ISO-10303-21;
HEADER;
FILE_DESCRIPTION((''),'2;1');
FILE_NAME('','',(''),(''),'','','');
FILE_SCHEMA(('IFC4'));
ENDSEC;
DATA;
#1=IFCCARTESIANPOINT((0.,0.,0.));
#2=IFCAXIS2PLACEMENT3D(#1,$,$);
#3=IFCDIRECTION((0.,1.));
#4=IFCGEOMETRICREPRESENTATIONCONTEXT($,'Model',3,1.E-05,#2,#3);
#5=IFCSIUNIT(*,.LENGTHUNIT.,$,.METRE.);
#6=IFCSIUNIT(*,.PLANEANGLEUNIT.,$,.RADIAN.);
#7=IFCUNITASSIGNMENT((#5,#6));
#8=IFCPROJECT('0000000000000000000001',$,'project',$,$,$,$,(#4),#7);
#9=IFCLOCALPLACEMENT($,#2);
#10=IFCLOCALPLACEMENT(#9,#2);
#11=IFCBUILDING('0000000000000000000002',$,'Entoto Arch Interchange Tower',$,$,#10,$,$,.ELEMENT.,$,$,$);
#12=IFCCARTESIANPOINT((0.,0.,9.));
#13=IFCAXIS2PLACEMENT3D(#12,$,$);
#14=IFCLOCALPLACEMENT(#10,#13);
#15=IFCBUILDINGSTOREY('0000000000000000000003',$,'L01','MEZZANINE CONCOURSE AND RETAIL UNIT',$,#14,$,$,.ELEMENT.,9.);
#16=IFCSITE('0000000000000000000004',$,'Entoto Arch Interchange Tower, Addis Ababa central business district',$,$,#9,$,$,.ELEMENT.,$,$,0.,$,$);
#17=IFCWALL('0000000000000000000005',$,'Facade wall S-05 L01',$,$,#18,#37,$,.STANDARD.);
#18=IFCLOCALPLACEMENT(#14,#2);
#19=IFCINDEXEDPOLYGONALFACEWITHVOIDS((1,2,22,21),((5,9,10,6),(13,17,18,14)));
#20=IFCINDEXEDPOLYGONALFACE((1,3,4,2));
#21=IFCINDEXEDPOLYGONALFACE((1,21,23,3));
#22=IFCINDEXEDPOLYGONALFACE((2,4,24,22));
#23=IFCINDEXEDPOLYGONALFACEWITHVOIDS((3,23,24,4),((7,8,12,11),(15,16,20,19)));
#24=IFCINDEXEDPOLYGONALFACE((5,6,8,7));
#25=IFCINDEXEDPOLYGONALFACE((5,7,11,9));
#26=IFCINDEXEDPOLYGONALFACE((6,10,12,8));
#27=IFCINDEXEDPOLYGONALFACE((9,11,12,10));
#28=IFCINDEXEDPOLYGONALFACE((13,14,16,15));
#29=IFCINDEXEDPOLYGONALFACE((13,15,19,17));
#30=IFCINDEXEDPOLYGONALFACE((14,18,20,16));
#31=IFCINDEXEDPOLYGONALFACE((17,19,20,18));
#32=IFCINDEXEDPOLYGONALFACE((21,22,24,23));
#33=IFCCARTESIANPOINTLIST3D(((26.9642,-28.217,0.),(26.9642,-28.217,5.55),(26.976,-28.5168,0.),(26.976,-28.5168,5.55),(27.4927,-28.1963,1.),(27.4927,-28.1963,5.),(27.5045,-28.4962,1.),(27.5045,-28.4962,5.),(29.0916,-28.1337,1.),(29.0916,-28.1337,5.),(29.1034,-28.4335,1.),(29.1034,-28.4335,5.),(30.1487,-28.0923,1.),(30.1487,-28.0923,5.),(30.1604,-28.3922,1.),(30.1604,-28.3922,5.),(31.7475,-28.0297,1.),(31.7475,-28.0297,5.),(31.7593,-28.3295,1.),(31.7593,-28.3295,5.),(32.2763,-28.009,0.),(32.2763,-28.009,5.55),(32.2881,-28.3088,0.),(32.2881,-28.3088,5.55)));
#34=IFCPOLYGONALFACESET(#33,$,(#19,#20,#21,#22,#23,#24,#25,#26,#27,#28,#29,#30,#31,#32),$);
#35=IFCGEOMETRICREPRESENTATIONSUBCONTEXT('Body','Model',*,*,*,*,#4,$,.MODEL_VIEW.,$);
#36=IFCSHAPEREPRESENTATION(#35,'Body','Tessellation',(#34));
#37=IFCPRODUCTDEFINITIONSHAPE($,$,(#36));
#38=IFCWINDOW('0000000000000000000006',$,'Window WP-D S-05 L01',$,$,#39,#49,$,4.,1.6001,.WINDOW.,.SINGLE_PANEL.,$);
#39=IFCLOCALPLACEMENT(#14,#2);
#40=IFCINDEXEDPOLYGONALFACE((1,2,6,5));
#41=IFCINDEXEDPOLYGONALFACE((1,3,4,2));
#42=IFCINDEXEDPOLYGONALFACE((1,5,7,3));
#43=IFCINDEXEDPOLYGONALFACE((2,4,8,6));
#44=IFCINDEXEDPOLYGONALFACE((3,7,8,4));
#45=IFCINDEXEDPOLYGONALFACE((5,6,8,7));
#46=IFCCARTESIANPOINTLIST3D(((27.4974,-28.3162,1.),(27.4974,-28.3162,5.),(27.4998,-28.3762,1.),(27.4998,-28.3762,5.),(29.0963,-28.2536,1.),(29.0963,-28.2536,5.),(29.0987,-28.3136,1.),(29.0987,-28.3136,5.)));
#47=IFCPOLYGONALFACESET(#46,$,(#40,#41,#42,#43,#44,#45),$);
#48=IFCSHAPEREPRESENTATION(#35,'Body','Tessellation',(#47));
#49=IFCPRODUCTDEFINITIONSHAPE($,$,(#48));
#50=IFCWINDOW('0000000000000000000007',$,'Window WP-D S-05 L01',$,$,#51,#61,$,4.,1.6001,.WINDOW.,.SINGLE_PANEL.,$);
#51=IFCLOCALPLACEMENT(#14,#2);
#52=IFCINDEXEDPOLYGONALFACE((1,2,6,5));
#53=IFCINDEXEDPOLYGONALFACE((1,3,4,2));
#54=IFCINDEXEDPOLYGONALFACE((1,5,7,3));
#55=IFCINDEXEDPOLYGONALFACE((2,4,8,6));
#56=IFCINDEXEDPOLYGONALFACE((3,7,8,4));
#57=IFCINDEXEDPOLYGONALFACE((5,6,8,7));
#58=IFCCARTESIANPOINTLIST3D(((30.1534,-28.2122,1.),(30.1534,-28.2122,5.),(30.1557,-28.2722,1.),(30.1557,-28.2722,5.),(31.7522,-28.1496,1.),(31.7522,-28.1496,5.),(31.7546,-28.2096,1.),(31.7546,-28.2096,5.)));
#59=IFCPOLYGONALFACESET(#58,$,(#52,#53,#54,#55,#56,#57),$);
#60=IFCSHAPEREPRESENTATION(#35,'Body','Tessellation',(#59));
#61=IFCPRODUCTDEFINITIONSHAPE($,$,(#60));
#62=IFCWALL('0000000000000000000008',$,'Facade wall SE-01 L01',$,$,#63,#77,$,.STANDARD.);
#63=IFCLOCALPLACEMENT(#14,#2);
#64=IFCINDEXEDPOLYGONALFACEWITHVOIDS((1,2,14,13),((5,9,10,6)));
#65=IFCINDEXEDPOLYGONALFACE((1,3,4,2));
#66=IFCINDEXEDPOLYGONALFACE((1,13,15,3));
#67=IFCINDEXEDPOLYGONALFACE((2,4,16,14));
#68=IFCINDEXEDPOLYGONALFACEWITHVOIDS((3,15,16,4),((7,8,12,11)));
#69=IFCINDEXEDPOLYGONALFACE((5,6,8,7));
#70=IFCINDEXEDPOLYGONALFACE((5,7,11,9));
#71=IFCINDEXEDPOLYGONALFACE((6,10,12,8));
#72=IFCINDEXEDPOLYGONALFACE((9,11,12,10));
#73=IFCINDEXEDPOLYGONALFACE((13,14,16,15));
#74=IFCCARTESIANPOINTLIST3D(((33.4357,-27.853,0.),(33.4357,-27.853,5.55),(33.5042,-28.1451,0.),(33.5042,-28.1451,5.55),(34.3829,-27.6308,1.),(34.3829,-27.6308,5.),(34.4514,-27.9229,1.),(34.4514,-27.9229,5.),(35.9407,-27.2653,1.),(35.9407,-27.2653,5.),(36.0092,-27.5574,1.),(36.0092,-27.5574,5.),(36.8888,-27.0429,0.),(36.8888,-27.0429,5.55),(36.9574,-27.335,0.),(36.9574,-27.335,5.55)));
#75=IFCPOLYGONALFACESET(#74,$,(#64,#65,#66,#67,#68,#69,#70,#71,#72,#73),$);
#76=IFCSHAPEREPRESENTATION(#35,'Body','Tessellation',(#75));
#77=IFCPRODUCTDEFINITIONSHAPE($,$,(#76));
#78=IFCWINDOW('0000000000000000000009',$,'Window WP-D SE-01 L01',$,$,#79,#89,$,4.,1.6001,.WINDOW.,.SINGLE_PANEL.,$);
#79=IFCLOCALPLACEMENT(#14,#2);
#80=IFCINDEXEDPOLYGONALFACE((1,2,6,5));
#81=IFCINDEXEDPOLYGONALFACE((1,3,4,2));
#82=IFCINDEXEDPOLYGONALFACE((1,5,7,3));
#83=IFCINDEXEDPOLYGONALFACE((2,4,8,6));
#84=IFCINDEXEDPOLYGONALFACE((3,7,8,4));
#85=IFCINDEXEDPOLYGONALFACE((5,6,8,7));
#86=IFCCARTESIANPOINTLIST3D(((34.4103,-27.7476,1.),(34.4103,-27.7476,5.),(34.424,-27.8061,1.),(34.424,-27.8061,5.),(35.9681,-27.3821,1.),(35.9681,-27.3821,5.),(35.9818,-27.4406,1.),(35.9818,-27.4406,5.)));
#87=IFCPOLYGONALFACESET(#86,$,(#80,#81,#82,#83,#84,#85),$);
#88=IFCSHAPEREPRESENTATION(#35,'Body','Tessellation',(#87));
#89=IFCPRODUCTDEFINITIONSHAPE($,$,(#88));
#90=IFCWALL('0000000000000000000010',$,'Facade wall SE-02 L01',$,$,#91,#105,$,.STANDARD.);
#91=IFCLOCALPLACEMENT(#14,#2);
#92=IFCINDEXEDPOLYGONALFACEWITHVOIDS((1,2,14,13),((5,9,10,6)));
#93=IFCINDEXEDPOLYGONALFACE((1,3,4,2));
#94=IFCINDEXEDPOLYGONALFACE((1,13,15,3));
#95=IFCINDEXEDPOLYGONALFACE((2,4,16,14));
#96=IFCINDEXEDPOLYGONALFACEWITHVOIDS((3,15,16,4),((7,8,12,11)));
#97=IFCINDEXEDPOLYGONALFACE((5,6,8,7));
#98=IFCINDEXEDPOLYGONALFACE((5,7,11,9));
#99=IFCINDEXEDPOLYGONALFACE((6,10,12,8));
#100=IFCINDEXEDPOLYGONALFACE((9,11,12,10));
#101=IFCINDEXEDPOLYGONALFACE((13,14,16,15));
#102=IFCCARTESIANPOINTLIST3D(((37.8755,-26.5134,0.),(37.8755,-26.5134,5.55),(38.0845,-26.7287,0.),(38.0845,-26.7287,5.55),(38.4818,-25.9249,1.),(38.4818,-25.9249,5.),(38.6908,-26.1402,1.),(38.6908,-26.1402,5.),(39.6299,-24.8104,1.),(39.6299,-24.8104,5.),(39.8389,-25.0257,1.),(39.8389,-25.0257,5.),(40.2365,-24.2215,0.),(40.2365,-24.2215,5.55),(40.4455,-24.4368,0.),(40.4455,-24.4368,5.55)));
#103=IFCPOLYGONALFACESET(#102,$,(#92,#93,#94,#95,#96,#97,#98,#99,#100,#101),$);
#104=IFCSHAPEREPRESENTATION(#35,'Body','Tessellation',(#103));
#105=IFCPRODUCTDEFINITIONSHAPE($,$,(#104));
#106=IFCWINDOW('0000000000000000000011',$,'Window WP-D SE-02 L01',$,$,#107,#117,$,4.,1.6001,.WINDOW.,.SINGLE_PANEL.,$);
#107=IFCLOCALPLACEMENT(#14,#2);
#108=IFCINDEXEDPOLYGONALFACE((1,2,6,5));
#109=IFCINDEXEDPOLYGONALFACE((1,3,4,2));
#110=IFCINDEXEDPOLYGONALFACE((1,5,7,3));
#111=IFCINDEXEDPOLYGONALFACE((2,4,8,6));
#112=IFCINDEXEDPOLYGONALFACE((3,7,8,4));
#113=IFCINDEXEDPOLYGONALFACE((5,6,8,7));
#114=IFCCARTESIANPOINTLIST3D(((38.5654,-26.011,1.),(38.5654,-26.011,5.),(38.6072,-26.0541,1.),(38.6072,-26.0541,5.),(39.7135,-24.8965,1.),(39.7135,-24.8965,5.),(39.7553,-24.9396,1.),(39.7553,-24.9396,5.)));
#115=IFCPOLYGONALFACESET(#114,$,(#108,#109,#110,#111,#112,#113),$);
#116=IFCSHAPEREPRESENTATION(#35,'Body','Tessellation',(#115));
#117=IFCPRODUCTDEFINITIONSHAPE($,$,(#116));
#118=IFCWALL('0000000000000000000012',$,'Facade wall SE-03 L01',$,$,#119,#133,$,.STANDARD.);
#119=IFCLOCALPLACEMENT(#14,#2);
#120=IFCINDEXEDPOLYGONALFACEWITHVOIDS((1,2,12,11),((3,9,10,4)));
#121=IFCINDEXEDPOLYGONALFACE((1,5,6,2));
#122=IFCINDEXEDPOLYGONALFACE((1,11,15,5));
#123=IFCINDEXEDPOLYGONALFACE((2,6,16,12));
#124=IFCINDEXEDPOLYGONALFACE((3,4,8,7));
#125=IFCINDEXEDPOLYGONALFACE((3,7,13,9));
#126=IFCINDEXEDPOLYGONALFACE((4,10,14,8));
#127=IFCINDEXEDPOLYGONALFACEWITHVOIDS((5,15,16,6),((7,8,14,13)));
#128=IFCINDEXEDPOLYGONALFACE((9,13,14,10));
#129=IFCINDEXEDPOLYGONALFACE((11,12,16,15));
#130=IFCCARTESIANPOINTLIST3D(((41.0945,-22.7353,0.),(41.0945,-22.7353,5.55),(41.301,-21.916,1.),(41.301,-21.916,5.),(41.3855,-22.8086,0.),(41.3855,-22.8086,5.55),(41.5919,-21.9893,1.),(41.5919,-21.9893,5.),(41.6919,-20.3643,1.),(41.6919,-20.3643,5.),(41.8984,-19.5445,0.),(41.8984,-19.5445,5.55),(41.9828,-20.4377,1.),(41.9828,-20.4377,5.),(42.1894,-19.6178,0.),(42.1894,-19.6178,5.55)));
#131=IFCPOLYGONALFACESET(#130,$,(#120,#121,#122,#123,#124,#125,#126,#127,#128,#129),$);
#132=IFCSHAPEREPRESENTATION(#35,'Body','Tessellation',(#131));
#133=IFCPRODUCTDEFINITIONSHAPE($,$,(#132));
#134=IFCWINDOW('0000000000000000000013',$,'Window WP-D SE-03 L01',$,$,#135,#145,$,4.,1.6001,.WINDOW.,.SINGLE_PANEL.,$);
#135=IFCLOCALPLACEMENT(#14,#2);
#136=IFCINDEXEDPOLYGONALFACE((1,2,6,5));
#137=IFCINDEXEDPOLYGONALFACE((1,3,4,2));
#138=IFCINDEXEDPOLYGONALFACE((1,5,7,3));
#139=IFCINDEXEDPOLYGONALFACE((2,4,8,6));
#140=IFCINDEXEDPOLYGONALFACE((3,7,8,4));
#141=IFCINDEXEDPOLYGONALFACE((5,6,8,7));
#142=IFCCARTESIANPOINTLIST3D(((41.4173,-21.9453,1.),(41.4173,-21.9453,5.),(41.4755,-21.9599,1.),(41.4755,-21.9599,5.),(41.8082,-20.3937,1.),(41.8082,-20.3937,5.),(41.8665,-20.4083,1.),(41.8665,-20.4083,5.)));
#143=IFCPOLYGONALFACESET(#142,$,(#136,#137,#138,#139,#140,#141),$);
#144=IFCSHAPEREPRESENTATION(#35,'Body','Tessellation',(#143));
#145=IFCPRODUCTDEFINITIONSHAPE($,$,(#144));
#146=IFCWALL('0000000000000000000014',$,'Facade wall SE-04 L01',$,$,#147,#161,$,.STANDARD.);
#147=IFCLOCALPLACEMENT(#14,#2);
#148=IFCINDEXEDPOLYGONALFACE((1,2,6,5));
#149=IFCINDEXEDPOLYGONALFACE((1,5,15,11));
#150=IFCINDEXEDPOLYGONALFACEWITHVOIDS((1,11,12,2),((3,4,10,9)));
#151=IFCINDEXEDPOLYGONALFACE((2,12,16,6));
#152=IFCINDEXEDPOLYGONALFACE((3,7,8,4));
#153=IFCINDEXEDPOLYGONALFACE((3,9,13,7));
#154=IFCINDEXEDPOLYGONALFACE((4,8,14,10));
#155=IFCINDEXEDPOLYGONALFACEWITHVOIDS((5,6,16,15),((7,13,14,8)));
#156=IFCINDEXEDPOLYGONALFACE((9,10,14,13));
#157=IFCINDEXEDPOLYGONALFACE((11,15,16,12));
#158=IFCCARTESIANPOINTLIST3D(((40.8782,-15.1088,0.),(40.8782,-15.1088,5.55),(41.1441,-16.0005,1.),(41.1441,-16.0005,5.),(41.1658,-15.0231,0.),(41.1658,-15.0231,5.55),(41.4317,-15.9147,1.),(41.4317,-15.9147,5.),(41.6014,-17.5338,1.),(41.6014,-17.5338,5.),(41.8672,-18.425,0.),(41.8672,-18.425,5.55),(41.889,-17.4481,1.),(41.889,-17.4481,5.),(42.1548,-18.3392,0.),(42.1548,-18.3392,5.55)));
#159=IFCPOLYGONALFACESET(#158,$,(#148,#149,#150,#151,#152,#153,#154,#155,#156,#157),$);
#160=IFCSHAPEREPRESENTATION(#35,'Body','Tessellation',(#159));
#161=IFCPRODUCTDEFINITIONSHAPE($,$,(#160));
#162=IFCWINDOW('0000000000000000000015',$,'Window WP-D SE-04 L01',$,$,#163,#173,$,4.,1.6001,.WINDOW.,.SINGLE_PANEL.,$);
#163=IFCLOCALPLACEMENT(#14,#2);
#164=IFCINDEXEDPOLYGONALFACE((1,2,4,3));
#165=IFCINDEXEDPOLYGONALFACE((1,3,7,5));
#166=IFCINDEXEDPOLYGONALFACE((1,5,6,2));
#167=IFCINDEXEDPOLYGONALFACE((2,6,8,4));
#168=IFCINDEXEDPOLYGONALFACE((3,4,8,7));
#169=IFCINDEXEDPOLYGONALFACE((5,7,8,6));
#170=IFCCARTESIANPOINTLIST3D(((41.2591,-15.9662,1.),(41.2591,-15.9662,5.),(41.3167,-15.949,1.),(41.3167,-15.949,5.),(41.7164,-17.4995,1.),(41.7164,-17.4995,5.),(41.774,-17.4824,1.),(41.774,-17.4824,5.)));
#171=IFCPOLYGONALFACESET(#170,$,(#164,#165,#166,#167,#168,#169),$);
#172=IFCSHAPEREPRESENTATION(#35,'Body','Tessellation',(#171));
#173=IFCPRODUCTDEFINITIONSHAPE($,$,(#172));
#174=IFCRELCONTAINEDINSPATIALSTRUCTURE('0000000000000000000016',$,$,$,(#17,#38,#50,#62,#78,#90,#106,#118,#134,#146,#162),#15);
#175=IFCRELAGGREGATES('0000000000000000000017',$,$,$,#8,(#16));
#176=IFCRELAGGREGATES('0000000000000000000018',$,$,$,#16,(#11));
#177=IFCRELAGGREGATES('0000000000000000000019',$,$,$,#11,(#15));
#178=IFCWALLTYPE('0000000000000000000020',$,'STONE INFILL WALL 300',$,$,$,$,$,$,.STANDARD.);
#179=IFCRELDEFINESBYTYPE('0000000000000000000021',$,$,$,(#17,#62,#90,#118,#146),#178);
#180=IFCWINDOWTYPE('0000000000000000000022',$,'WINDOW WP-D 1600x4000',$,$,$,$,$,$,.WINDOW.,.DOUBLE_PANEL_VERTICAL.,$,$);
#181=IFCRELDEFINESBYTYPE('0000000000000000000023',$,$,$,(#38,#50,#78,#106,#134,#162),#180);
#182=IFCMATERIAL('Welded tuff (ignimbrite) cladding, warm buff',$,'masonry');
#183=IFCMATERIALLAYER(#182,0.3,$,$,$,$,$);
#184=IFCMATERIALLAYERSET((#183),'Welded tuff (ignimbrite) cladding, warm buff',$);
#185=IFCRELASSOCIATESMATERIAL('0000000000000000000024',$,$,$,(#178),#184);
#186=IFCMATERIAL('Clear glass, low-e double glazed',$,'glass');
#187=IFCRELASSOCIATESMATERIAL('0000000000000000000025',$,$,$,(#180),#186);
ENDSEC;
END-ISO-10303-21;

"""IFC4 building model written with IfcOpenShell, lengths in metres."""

from ifc_helpers import new_model, si_unit, direction, frame, frame_2d, origin, place, context, subcontext, project, spatial, rectangle, extrude, material, layer, layer_set, type_object, element, fill, save


model = new_model("IFC4")

# Units and contexts
model_context = context("Model", 3, precision=1e-05, world=origin(), true_north=direction((0.0, 1.0)))
body_context = subcontext(model_context, "Body", "Model", "MODEL_VIEW")
ifc_project = project(units=[si_unit("LENGTHUNIT", "METRE"), si_unit("PLANEANGLEUNIT", "RADIAN")], contexts=[model_context])

# Site, building, storey
site_placement = place(None, origin())
site = spatial("IfcSite", under=ifc_project, at=site_placement, Name="Entoto Arch Interchange Tower, Addis Ababa central business district", CompositionType="ELEMENT", RefElevation=0.0)
building_placement = place(site_placement, origin())
building = spatial("IfcBuilding", under=site, at=building_placement, Name="Entoto Arch Interchange Tower", CompositionType="ELEMENT")
storey_placement = place(building_placement, frame((0.0, 0.0, 9.0)))
storey = spatial("IfcBuildingStorey", under=building, at=storey_placement, Name="L01", Description="MEZZANINE CONCOURSE AND RETAIL UNIT", CompositionType="ELEMENT", Elevation=9.0)

# Wall, openings, windows
ifc_material_1 = material(Name="Welded tuff (ignimbrite) cladding, warm buff", Category="masonry")
ifc_layer_1 = layer(ifc_material_1, 0.3)
ifc_layer_set_1 = layer_set([ifc_layer_1], Name="Welded tuff (ignimbrite) cladding, warm buff")
wall_type_1 = type_object("IfcWallType", Name="STONE INFILL WALL 300", PredefinedType="STANDARD", material=ifc_layer_set_1)
wall_1_placement = place(storey_placement, frame((26.97, -28.3669, 0.0), z_axis=(0.0, 0.0, 1.0), x_axis=(0.999234, 0.039128, 0.0)))
wall_1 = element("IfcWall", 1, at=wall_1_placement, inside=storey, type_object=wall_type_1, Name="Facade wall S-05 L01", PredefinedType="STANDARD", context=body_context, shape_type="SweptSolid", body=[
    extrude(rectangle(XDim=5.3162, YDim=0.3, at=frame_2d((2.6582, 0.0))), origin(), (0.0, 0.0, 1.0), 5.55),
])
opening_1_placement = place(wall_1_placement, frame((0.5291, 0.0, 1.0)))
opening_1 = element("IfcOpeningElement", 2, at=opening_1_placement, cuts=wall_1, PredefinedType="OPENING", context=body_context, shape_type="SweptSolid", body=[
    extrude(rectangle(XDim=1.6001, YDim=4.0, at=frame_2d((0.8, 2.0))), frame((0.0, 0.1602, 0.0), z_axis=(0.0, -1.0, 0.0), x_axis=(1.0, 0.0, 0.0)), (0.0, 0.0, 1.0), 0.3201),
])
opening_2_placement = place(wall_1_placement, frame((3.187, 0.0, 1.0)))
opening_2 = element("IfcOpeningElement", 3, at=opening_2_placement, cuts=wall_1, PredefinedType="OPENING", context=body_context, shape_type="SweptSolid", body=[
    extrude(rectangle(XDim=1.6001, YDim=4.0, at=frame_2d((0.8, 2.0))), frame((0.0, 0.1602, 0.0), z_axis=(0.0, -1.0, 0.0), x_axis=(1.0, 0.0, 0.0)), (0.0, 0.0, 1.0), 0.3201),
])
ifc_material_2 = material(Name="Clear glass, low-e double glazed", Category="glass")
window_type = type_object("IfcWindowType", Name="WINDOW WP-D 1600x4000", PartitioningType="DOUBLE_PANEL_VERTICAL", PredefinedType="WINDOW", material=ifc_material_2)
window_1_placement = place(opening_1_placement, origin())
window_1 = element("IfcWindow", 4, at=window_1_placement, inside=storey, type_object=window_type, Name="Window WP-D S-05 L01", OverallHeight=4.0, OverallWidth=1.6001, PartitioningType="SINGLE_PANEL", PredefinedType="WINDOW", context=body_context, shape_type="SweptSolid", body=[
    extrude(rectangle(XDim=1.6001, YDim=4.0, at=frame_2d((0.8, 2.0))), frame((0.0, 0.03, 0.0), z_axis=(0.0, -1.0, 0.0), x_axis=(1.0, 0.0, 0.0)), (0.0, 0.0, 1.0), 0.0601),
])
fill(opening_1, window_1)
window_2_placement = place(opening_2_placement, origin())
window_2 = element("IfcWindow", 5, at=window_2_placement, inside=storey, type_object=window_type, Name="Window WP-D S-05 L01", OverallHeight=4.0, OverallWidth=1.6001, PartitioningType="SINGLE_PANEL", PredefinedType="WINDOW", context=body_context, shape_type="SweptSolid", body=[
    extrude(rectangle(XDim=1.6001, YDim=4.0, at=frame_2d((0.8, 2.0))), frame((0.0, 0.03, 0.0), z_axis=(0.0, -1.0, 0.0), x_axis=(1.0, 0.0, 0.0)), (0.0, 0.0, 1.0), 0.0601),
])
fill(opening_2, window_2)

# Walls, openings, windows
wall_2_placement = place(storey_placement, frame((33.47, -27.999, 0.0), z_axis=(0.0, 0.0, 1.0), x_axis=(0.97357, 0.228387, 0.0)))
wall_2 = element("IfcWall", 6, at=wall_2_placement, inside=storey, type_object=wall_type_1, Name="Facade wall SE-01 L01", PredefinedType="STANDARD", context=body_context, shape_type="SweptSolid", body=[
    extrude(rectangle(XDim=3.5469, YDim=0.3, at=frame_2d((1.7734, 0.0))), origin(), (0.0, 0.0, 1.0), 5.55),
])
opening_3_placement = place(wall_2_placement, frame((0.9729, 0.0, 1.0)))
opening_3 = element("IfcOpeningElement", 7, at=opening_3_placement, cuts=wall_2, PredefinedType="OPENING", context=body_context, shape_type="SweptSolid", body=[
    extrude(rectangle(XDim=1.6001, YDim=4.0, at=frame_2d((0.8, 2.0))), frame((0.0, 0.1602, 0.0), z_axis=(0.0, -1.0, 0.0), x_axis=(1.0, 0.0, 0.0)), (0.0, 0.0, 1.0), 0.3201),
])
window_3_placement = place(opening_3_placement, origin())
window_3 = element("IfcWindow", 8, at=window_3_placement, inside=storey, type_object=window_type, Name="Window WP-D SE-01 L01", OverallHeight=4.0, OverallWidth=1.6001, PartitioningType="SINGLE_PANEL", PredefinedType="WINDOW", context=body_context, shape_type="SweptSolid", body=[
    extrude(rectangle(XDim=1.6001, YDim=4.0, at=frame_2d((0.8, 2.0))), frame((0.0, 0.03, 0.0), z_axis=(0.0, -1.0, 0.0), x_axis=(1.0, 0.0, 0.0)), (0.0, 0.0, 1.0), 0.0601),
])
fill(opening_3, window_3)
wall_3_placement = place(storey_placement, frame((37.98, -26.6211, 0.0), z_axis=(0.0, 0.0, 1.0), x_axis=(0.717527, 0.69653, 0.0)))
wall_3 = element("IfcWall", 9, at=wall_3_placement, inside=storey, type_object=wall_type_1, Name="Facade wall SE-02 L01", PredefinedType="STANDARD", context=body_context, shape_type="SweptSolid", body=[
    extrude(rectangle(XDim=3.2905, YDim=0.3, at=frame_2d((1.6453, 0.0))), origin(), (0.0, 0.0, 1.0), 5.55),
])
opening_4_placement = place(wall_3_placement, frame((0.845, 0.0, 1.0)))
opening_4 = element("IfcOpeningElement", 10, at=opening_4_placement, cuts=wall_3, PredefinedType="OPENING", context=body_context, shape_type="SweptSolid", body=[
    extrude(rectangle(XDim=1.6001, YDim=4.0, at=frame_2d((0.8, 2.0))), frame((0.0, 0.1602, 0.0), z_axis=(0.0, -1.0, 0.0), x_axis=(1.0, 0.0, 0.0)), (0.0, 0.0, 1.0), 0.3201),
])
window_4_placement = place(opening_4_placement, origin())
window_4 = element("IfcWindow", 11, at=window_4_placement, inside=storey, type_object=window_type, Name="Window WP-D SE-02 L01", OverallHeight=4.0, OverallWidth=1.6001, PartitioningType="SINGLE_PANEL", PredefinedType="WINDOW", context=body_context, shape_type="SweptSolid", body=[
    extrude(rectangle(XDim=1.6001, YDim=4.0, at=frame_2d((0.8, 2.0))), frame((0.0, 0.03, 0.0), z_axis=(0.0, -1.0, 0.0), x_axis=(1.0, 0.0, 0.0)), (0.0, 0.0, 1.0), 0.0601),
])
fill(opening_4, window_4)
wall_4_placement = place(storey_placement, frame((41.24, -22.772, 0.0), z_axis=(0.0, 0.0, 1.0), x_axis=(0.244316, 0.969696, 0.0)))
wall_4 = element("IfcWall", 12, at=wall_4_placement, inside=storey, type_object=wall_type_1, Name="Facade wall SE-03 L01", PredefinedType="STANDARD", context=body_context, shape_type="SweptSolid", body=[
    extrude(rectangle(XDim=3.2905, YDim=0.3, at=frame_2d((1.6453, 0.0))), origin(), (0.0, 0.0, 1.0), 5.55),
])
opening_5_placement = place(wall_4_placement, frame((0.845, 0.0, 1.0)))
opening_5 = element("IfcOpeningElement", 13, at=opening_5_placement, cuts=wall_4, PredefinedType="OPENING", context=body_context, shape_type="SweptSolid", body=[
    extrude(rectangle(XDim=1.6001, YDim=4.0, at=frame_2d((0.8, 2.0))), frame((0.0, 0.1602, 0.0), z_axis=(0.0, -1.0, 0.0), x_axis=(1.0, 0.0, 0.0)), (0.0, 0.0, 1.0), 0.3201),
])
window_5_placement = place(opening_5_placement, origin())
window_5 = element("IfcWindow", 14, at=window_5_placement, inside=storey, type_object=window_type, Name="Window WP-D SE-03 L01", OverallHeight=4.0, OverallWidth=1.6001, PartitioningType="SINGLE_PANEL", PredefinedType="WINDOW", context=body_context, shape_type="SweptSolid", body=[
    extrude(rectangle(XDim=1.6001, YDim=4.0, at=frame_2d((0.8, 2.0))), frame((0.0, 0.03, 0.0), z_axis=(0.0, -1.0, 0.0), x_axis=(1.0, 0.0, 0.0)), (0.0, 0.0, 1.0), 0.0601),
])
fill(opening_5, window_5)
wall_5_placement = place(storey_placement, frame((42.011, -18.3821, 0.0), z_axis=(0.0, 0.0, 1.0), x_axis=(-0.285801, 0.958289, 0.0)))
wall_5 = element("IfcWall", 15, at=wall_5_placement, inside=storey, type_object=wall_type_1, Name="Facade wall SE-04 L01", PredefinedType="STANDARD", context=body_context, shape_type="SweptSolid", body=[
    extrude(rectangle(XDim=3.4604, YDim=0.3, at=frame_2d((1.7302, 0.0))), origin(), (0.0, 0.0, 1.0), 5.55),
])
opening_6_placement = place(wall_5_placement, frame((0.9299, 0.0, 1.0)))
opening_6 = element("IfcOpeningElement", 16, at=opening_6_placement, cuts=wall_5, PredefinedType="OPENING", context=body_context, shape_type="SweptSolid", body=[
    extrude(rectangle(XDim=1.6001, YDim=4.0, at=frame_2d((0.8, 2.0))), frame((0.0, 0.1602, 0.0), z_axis=(0.0, -1.0, 0.0), x_axis=(1.0, 0.0, 0.0)), (0.0, 0.0, 1.0), 0.3201),
])
window_6_placement = place(opening_6_placement, origin())
window_6 = element("IfcWindow", 17, at=window_6_placement, inside=storey, type_object=window_type, Name="Window WP-D SE-04 L01", OverallHeight=4.0, OverallWidth=1.6001, PartitioningType="SINGLE_PANEL", PredefinedType="WINDOW", context=body_context, shape_type="SweptSolid", body=[
    extrude(rectangle(XDim=1.6001, YDim=4.0, at=frame_2d((0.8, 2.0))), frame((0.0, 0.03, 0.0), z_axis=(0.0, -1.0, 0.0), x_axis=(1.0, 0.0, 0.0)), (0.0, 0.0, 1.0), 0.0601),
])
fill(opening_6, window_6)

save(model, "model.ifc")
